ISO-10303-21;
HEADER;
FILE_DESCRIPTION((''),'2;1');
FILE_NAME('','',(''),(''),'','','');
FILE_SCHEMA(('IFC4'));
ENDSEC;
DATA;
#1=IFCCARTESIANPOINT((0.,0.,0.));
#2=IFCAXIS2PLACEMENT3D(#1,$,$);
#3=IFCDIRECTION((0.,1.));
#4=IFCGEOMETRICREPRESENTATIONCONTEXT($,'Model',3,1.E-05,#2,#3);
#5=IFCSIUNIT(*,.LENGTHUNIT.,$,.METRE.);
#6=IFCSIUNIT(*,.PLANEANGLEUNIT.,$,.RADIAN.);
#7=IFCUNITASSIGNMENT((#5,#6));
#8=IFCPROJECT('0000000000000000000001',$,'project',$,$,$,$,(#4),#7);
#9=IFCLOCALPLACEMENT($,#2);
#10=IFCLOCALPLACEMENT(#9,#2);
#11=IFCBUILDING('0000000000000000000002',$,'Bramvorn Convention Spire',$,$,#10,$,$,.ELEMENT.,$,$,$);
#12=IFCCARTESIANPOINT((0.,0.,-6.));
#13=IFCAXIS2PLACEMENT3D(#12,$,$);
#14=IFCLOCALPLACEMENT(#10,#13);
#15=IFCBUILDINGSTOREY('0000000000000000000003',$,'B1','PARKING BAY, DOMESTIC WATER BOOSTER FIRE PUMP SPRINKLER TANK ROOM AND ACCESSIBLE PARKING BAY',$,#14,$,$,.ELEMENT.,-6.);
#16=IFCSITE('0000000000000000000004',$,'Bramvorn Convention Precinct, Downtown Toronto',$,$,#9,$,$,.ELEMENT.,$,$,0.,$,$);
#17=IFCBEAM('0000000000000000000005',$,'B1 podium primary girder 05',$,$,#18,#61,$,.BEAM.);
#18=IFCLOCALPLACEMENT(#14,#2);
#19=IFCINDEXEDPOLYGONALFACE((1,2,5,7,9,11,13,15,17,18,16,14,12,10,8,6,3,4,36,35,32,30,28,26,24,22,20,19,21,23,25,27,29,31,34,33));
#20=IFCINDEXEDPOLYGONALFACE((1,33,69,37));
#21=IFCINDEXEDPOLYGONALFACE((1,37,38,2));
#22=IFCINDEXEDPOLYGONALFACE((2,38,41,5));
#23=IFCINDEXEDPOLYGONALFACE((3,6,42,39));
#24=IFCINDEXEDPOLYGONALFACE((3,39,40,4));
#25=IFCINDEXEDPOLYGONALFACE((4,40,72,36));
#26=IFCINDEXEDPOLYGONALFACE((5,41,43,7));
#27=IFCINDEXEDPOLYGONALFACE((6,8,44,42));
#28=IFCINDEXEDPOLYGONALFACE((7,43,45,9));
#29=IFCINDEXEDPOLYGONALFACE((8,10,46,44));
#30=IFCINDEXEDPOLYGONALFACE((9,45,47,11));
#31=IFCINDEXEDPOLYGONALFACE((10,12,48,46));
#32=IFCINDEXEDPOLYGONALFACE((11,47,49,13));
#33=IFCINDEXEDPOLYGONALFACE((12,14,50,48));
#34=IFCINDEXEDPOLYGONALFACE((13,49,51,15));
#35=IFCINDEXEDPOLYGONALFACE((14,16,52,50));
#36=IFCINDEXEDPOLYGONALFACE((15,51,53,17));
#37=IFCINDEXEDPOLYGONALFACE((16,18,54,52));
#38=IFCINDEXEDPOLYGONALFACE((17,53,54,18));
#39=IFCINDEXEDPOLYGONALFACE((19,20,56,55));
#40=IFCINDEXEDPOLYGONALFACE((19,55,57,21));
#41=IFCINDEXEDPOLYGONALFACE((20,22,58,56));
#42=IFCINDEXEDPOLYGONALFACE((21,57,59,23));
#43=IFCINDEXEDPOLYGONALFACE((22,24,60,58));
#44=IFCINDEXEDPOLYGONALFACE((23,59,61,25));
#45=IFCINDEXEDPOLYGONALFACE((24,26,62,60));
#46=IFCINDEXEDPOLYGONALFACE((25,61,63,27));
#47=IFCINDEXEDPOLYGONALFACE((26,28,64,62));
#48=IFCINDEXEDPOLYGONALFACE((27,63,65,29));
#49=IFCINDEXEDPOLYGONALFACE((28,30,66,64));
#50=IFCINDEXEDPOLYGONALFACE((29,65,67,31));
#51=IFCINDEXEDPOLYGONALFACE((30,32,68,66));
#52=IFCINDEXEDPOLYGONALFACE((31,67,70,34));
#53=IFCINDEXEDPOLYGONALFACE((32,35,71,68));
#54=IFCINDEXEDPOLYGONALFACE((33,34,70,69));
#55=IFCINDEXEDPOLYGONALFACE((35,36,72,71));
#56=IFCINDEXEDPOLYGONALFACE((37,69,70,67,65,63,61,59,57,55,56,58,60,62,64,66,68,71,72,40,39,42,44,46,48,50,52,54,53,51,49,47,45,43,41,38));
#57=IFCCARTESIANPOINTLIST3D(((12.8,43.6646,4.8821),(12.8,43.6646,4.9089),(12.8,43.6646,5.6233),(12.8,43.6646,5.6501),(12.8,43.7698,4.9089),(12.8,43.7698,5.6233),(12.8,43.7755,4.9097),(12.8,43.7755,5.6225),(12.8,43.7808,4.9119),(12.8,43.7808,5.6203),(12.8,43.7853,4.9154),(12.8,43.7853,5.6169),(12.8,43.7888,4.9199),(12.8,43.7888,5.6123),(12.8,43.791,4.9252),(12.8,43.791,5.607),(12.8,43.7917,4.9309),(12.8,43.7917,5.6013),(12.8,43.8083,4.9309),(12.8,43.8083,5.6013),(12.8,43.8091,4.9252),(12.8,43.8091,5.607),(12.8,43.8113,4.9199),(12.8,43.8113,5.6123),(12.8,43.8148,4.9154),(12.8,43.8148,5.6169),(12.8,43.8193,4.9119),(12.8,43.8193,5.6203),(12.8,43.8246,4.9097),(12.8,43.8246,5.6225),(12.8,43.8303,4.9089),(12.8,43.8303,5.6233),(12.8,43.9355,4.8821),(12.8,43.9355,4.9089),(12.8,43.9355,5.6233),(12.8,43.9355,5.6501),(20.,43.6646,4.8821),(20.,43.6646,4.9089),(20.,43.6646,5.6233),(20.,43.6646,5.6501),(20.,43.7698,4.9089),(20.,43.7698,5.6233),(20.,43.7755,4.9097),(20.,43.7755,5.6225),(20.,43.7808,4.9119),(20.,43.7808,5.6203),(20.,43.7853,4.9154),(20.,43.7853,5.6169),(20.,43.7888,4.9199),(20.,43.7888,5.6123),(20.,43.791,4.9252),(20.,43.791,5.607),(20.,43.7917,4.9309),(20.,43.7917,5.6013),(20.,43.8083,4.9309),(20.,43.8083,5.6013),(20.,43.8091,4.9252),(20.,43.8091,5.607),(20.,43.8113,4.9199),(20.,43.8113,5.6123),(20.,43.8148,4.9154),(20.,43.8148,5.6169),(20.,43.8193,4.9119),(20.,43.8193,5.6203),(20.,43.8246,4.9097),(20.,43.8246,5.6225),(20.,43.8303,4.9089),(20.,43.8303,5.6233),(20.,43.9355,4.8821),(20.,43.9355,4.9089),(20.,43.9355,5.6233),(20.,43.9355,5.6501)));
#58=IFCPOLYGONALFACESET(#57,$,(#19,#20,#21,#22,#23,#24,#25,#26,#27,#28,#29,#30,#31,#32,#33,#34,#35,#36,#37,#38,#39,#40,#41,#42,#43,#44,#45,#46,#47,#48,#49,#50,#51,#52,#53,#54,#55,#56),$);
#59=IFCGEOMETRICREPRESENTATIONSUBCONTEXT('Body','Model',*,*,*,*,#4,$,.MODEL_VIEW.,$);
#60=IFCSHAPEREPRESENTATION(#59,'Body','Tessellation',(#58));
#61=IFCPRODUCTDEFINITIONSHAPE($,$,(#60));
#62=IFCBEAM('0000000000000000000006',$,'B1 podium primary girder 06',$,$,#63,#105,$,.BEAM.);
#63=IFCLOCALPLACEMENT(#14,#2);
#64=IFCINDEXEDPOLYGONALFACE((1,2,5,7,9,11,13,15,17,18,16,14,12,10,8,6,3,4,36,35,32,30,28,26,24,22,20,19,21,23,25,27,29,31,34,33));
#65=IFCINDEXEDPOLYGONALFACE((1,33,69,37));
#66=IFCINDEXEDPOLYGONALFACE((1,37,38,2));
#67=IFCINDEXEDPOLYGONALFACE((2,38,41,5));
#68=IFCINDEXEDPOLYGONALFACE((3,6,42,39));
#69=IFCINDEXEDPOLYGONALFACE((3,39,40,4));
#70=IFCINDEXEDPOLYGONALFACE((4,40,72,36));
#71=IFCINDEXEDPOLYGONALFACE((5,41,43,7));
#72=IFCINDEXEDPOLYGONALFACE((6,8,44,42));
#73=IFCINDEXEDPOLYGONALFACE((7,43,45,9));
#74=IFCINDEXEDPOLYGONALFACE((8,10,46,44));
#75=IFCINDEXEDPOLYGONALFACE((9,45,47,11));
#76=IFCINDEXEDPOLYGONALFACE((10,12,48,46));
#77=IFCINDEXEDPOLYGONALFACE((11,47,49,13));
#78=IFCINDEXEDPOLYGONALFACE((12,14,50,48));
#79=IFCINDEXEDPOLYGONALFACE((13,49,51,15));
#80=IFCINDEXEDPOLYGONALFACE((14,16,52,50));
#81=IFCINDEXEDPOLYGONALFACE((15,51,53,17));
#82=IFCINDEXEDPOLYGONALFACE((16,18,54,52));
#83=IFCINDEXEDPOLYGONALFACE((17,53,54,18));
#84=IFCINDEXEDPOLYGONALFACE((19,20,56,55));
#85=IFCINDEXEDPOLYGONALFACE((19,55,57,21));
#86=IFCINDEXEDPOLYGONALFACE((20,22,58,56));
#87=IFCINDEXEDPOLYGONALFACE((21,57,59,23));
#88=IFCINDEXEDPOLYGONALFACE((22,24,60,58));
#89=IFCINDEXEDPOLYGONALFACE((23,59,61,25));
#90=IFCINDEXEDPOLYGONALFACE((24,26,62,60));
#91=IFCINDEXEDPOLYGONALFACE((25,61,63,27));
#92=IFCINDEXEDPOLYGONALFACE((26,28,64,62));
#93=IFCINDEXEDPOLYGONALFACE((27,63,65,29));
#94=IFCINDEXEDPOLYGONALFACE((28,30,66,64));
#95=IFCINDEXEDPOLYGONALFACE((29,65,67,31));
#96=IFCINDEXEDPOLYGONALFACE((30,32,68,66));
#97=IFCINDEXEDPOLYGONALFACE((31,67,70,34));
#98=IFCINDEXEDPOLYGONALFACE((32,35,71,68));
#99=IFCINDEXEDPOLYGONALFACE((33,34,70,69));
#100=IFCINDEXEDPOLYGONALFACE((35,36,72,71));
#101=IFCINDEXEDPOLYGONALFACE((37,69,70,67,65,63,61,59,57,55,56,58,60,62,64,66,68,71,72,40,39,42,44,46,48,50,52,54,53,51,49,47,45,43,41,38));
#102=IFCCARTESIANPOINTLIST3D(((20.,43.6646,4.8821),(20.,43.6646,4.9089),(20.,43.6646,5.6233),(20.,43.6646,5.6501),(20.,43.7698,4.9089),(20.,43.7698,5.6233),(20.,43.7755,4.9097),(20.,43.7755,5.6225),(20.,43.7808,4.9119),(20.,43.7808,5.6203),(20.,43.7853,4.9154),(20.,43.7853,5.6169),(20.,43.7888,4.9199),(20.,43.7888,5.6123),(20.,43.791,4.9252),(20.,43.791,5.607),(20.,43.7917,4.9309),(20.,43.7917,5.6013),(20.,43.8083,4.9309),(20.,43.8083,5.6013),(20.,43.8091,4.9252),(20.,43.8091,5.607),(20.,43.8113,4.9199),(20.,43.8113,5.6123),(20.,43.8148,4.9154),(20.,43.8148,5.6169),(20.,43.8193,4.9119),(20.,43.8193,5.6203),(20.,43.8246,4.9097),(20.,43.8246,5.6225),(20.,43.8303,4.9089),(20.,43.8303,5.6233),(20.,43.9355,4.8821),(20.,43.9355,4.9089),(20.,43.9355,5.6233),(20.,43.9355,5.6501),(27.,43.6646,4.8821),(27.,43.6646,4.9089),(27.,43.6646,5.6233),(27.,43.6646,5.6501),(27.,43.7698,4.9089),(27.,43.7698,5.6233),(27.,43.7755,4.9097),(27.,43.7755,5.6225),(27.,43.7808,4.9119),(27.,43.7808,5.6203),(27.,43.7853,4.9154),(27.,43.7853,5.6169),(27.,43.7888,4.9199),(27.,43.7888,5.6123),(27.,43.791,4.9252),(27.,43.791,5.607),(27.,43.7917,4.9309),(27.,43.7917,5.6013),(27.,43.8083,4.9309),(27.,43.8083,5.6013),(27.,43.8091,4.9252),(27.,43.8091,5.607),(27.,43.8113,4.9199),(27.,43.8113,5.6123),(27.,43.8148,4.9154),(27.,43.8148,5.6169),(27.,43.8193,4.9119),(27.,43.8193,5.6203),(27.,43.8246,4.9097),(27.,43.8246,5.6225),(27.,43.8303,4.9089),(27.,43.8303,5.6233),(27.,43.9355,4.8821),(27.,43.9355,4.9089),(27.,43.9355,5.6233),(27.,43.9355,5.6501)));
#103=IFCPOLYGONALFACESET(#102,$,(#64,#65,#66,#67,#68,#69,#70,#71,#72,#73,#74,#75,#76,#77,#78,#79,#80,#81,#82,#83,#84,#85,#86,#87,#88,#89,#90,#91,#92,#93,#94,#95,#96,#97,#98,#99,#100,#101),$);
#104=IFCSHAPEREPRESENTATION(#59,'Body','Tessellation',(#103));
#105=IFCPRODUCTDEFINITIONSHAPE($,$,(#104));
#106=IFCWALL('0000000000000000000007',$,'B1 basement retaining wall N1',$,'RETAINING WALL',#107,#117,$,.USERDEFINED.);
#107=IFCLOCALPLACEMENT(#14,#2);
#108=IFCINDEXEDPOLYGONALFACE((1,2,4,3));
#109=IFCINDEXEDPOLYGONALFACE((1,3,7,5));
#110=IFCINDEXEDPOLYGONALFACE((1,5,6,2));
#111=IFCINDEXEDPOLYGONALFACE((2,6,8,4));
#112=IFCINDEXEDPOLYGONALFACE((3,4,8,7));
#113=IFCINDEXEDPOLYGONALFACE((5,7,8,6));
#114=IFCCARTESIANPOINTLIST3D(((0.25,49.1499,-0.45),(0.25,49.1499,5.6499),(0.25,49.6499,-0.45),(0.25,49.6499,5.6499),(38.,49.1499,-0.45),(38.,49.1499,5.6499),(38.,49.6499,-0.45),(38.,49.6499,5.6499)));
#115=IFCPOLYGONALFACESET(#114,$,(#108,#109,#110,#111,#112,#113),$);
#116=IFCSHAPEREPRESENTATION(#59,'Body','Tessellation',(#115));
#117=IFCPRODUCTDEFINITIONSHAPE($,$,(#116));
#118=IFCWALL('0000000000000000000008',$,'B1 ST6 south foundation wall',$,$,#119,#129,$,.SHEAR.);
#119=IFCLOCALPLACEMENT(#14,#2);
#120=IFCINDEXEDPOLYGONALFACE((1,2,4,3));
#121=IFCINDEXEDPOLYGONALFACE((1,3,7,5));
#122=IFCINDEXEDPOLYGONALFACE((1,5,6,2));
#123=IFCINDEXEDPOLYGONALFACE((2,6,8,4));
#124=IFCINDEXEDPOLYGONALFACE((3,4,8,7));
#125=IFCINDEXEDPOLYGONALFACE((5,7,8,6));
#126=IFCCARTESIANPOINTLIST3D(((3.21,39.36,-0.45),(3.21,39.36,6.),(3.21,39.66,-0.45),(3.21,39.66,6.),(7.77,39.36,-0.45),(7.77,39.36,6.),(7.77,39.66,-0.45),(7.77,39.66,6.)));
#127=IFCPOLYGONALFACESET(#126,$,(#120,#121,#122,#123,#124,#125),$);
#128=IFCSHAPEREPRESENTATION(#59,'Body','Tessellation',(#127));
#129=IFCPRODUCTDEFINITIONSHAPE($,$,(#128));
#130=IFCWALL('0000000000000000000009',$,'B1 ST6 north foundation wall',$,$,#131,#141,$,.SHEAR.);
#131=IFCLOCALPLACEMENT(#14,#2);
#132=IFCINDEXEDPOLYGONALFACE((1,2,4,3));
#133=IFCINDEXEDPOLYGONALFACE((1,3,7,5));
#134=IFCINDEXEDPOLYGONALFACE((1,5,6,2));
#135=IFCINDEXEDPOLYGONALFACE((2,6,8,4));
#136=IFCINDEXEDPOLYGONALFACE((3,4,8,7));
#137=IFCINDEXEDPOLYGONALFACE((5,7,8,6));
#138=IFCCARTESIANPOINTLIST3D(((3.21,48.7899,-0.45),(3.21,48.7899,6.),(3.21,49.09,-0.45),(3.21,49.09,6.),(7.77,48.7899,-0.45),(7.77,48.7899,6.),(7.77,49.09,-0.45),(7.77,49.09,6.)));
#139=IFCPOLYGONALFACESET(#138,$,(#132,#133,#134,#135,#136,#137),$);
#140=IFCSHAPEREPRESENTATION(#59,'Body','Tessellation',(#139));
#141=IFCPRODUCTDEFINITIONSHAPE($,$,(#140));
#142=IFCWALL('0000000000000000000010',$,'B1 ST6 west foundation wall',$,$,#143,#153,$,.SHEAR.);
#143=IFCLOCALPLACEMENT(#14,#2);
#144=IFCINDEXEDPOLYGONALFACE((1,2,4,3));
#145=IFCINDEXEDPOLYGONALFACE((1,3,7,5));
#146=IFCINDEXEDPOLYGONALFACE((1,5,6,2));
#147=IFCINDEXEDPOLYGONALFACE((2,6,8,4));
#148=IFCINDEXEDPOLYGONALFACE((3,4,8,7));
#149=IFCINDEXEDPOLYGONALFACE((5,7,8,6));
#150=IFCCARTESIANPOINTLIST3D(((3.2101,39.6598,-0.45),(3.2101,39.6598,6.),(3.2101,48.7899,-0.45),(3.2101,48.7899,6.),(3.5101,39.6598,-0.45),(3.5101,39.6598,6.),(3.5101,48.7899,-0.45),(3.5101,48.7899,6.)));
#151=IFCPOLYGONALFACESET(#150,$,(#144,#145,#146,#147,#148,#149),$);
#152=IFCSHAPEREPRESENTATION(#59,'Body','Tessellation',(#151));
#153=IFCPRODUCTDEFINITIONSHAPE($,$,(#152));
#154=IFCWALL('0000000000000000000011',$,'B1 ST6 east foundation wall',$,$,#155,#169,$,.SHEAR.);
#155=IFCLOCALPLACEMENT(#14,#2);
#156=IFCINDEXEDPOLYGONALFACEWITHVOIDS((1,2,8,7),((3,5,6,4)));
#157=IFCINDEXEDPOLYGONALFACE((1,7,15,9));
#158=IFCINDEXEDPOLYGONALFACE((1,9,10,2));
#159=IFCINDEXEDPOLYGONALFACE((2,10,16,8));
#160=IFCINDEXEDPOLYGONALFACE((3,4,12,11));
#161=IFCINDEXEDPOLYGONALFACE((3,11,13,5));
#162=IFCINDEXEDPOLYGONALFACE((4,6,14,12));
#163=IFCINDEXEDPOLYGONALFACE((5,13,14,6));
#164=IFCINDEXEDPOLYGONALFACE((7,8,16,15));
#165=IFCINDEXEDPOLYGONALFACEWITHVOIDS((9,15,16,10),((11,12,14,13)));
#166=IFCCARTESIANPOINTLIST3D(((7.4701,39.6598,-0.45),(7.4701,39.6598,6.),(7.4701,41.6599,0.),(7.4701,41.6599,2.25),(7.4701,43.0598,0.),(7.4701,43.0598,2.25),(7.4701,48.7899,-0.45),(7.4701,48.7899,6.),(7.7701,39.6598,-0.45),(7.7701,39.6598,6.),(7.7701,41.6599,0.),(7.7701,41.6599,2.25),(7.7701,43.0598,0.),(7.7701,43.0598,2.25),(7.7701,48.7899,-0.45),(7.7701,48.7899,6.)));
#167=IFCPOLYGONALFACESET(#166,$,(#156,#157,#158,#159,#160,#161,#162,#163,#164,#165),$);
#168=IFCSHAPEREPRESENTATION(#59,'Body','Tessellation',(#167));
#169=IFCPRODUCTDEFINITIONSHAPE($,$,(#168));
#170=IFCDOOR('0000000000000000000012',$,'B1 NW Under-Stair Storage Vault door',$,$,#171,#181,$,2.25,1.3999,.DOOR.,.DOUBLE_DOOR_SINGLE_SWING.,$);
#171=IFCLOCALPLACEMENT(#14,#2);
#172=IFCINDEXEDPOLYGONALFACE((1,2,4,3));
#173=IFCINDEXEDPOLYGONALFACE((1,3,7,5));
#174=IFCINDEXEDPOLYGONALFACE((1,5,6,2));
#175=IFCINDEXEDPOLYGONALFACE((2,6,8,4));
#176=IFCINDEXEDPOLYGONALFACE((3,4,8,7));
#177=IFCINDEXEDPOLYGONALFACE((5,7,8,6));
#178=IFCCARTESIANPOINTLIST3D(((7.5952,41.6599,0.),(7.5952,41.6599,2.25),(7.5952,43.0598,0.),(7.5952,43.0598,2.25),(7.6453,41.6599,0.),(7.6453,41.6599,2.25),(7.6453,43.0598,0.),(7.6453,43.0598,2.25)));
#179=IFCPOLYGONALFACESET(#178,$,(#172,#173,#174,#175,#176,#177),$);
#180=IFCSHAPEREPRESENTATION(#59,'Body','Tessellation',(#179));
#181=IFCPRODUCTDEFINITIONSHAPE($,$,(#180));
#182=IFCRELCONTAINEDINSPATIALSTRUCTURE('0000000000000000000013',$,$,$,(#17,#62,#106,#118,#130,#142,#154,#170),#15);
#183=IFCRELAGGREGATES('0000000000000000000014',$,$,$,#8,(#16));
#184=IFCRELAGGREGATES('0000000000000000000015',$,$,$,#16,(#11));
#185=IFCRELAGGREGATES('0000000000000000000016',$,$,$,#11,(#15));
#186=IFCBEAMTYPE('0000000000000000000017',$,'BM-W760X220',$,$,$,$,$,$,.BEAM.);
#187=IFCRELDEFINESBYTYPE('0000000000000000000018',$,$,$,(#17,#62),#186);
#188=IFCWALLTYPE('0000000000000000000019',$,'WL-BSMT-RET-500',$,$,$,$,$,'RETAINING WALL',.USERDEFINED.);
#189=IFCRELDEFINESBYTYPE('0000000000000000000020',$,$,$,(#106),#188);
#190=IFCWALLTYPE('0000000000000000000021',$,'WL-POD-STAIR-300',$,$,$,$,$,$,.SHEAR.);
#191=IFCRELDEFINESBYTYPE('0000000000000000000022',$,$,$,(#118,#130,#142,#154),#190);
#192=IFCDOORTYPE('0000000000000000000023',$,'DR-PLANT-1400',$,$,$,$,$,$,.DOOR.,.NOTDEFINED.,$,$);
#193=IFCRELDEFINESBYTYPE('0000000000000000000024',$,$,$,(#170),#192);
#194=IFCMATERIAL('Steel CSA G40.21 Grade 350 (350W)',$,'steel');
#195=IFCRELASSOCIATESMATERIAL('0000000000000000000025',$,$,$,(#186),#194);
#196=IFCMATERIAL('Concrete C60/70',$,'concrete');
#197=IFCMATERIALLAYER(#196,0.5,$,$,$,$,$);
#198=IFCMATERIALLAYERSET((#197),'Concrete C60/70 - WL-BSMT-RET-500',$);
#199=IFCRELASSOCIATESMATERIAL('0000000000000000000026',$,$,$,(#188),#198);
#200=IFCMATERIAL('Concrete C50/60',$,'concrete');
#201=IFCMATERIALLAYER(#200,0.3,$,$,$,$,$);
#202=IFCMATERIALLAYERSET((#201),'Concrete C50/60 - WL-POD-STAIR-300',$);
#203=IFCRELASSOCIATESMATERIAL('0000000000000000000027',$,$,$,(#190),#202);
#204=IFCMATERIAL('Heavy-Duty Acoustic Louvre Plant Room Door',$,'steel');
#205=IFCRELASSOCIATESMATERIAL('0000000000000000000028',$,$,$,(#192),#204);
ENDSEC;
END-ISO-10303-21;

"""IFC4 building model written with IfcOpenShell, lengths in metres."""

from ifc_helpers import new_model, si_unit, direction, frame, frame_2d, origin, origin_2d, place, context, subcontext, project, spatial, rectangle, i_section, extrude, material, layer, layer_set, material_profile, profile_set, type_object, element, fill, save


model = new_model("IFC4")

# Units and contexts
model_context = context("Model", 3, precision=1e-05, world=origin(), true_north=direction((0.0, 1.0)))
body_context = subcontext(model_context, "Body", "Model", "MODEL_VIEW")
ifc_project = project(units=[si_unit("LENGTHUNIT", "METRE"), si_unit("PLANEANGLEUNIT", "RADIAN")], contexts=[model_context])

# Site, building, storey
site_placement = place(None, origin())
site = spatial("IfcSite", under=ifc_project, at=site_placement, Name="Bramvorn Convention Precinct, Downtown Toronto", CompositionType="ELEMENT", RefElevation=0.0)
building_placement = place(site_placement, origin())
building = spatial("IfcBuilding", under=site, at=building_placement, Name="Bramvorn Convention Spire", CompositionType="ELEMENT")
storey_placement = place(building_placement, frame((0.0, 0.0, -6.0)))
storey = spatial("IfcBuildingStorey", under=building, at=storey_placement, Name="B1", Description="PARKING BAY, DOMESTIC WATER BOOSTER FIRE PUMP SPRINKLER TANK ROOM AND ACCESSIBLE PARKING BAY", CompositionType="ELEMENT", Elevation=-6.0)

# Shared definitions
ifc_material_1 = material(Name="Concrete C60/70", Category="concrete")

# Shared definitions
ifc_material_2 = material(Name="Steel CSA G40.21 Grade 350 (350W)", Category="steel")

# Beams
ifc_material_3 = material(Name="Concrete C50/60", Category="concrete")
ifc_material_profile_1 = material_profile(ifc_material_2, i_section(OverallWidth=0.271, OverallDepth=0.7681, WebThickness=0.0166, FlangeThickness=0.0269, FilletRadius=0.022, at=origin_2d()))
ifc_profile_set_1 = profile_set([ifc_material_profile_1], Name="Steel CSA G40.21 Grade 350 (350W) - W760X220")
beam_type_1 = type_object("IfcBeamType", Name="BM-W760X220", PredefinedType="BEAM", material=ifc_profile_set_1)
beam_1_placement = place(storey_placement, frame((12.8, 43.8, 5.2661), z_axis=(1.0, 0.0, 0.0), x_axis=(0.0, 1.0, 0.0)))
element("IfcBeam", 1, at=beam_1_placement, inside=storey, type_object=beam_type_1, Name="B1 podium primary girder 05", PredefinedType="BEAM", context=body_context, shape_type="SweptSolid", body=[
    extrude(i_section(OverallWidth=0.271, OverallDepth=0.7681, WebThickness=0.0166, FlangeThickness=0.0269, FilletRadius=0.022, at=origin_2d()), origin(), (0.0, 0.0, 1.0), 7.2),
])
beam_2_placement = place(storey_placement, frame((20.0, 43.8, 5.2661), z_axis=(1.0, 0.0, 0.0), x_axis=(0.0, 1.0, 0.0)))
element("IfcBeam", 2, at=beam_2_placement, inside=storey, type_object=beam_type_1, Name="B1 podium primary girder 06", PredefinedType="BEAM", context=body_context, shape_type="SweptSolid", body=[
    extrude(i_section(OverallWidth=0.271, OverallDepth=0.7681, WebThickness=0.0166, FlangeThickness=0.0269, FilletRadius=0.022, at=origin_2d()), origin(), (0.0, 0.0, 1.0), 7.0),
])

# Walls
ifc_layer_1 = layer(ifc_material_1, 0.5)
ifc_layer_set_1 = layer_set([ifc_layer_1], Name="Concrete C60/70 - WL-BSMT-RET-500")
wall_type_1 = type_object("IfcWallType", Name="WL-BSMT-RET-500", ElementType="RETAINING WALL", PredefinedType="USERDEFINED", material=ifc_layer_set_1)
wall_1_placement = place(storey_placement, frame((0.25, 49.3999, -0.45), z_axis=(0.0, 0.0, 1.0), x_axis=(1.0, 0.0, 0.0)))
element("IfcWall", 3, at=wall_1_placement, inside=storey, type_object=wall_type_1, Name="B1 basement retaining wall N1", ObjectType="RETAINING WALL", PredefinedType="USERDEFINED", context=body_context, shape_type="SweptSolid", body=[
    extrude(rectangle(XDim=37.75, YDim=0.5, at=frame_2d((18.875, 0.0))), origin(), (0.0, 0.0, 1.0), 6.0999),
])
ifc_layer_2 = layer(ifc_material_3, 0.3)
ifc_layer_set_2 = layer_set([ifc_layer_2], Name="Concrete C50/60 - WL-POD-STAIR-300")
wall_type_2 = type_object("IfcWallType", Name="WL-POD-STAIR-300", PredefinedType="SHEAR", material=ifc_layer_set_2)
for number, where, z_axis, x_axis, name in (
    (4, (3.21, 39.51, -0.45), (0.0, 0.0, 1.0), (1.0, 0.0, 0.0), "B1 ST6 south foundation wall"),
    (5, (3.21, 48.9399, -0.45), (0.0, 0.0, 1.0), (1.0, 0.0, 0.0), "B1 ST6 north foundation wall"),
):
    element("IfcWall", number, at=place(storey_placement, frame(where, z_axis=z_axis, x_axis=x_axis)), inside=storey, type_object=wall_type_2, Name=name, PredefinedType="SHEAR", context=body_context, shape_type="SweptSolid", body=[
        extrude(rectangle(XDim=4.5601, YDim=0.3, at=frame_2d((2.28, 0.0))), origin(), (0.0, 0.0, 1.0), 6.45),
    ])
wall_2_placement = place(storey_placement, frame((3.3601, 39.6599, -0.45), z_axis=(0.0, 0.0, 1.0), x_axis=(0.0, 1.0, 0.0)))
element("IfcWall", 6, at=wall_2_placement, inside=storey, type_object=wall_type_2, Name="B1 ST6 west foundation wall", PredefinedType="SHEAR", context=body_context, shape_type="SweptSolid", body=[
    extrude(rectangle(XDim=9.1301, YDim=0.3, at=frame_2d((4.5649, 0.0))), origin(), (0.0, 0.0, 1.0), 6.45),
])

# Wall, opening, door
wall_3_placement = place(storey_placement, frame((7.6201, 39.6599, -0.45), z_axis=(0.0, 0.0, 1.0), x_axis=(0.0, 1.0, 0.0)))
wall_3 = element("IfcWall", 7, at=wall_3_placement, inside=storey, type_object=wall_type_2, Name="B1 ST6 east foundation wall", PredefinedType="SHEAR", context=body_context, shape_type="SweptSolid", body=[
    extrude(rectangle(XDim=9.1301, YDim=0.3, at=frame_2d((4.5649, 0.0))), origin(), (0.0, 0.0, 1.0), 6.45),
])
opening_placement = place(wall_3_placement, frame((2.0, 0.0, 0.45)))
opening = element("IfcOpeningElement", 8, at=opening_placement, cuts=wall_3, PredefinedType="OPENING", context=body_context, shape_type="SweptSolid", body=[
    extrude(rectangle(XDim=1.3999, YDim=2.25, at=frame_2d((0.7, 1.125))), frame((0.0, 0.1599, 0.0), z_axis=(0.0, -1.0, 0.0), x_axis=(1.0, 0.0, 0.0)), (0.0, 0.0, 1.0), 0.3201),
])
ifc_material_4 = material(Name="Heavy-Duty Acoustic Louvre Plant Room Door", Category="steel")
door_type = type_object("IfcDoorType", Name="DR-PLANT-1400", OperationType="NOTDEFINED", PredefinedType="DOOR", material=ifc_material_4)
door_placement = place(opening_placement, origin())
door = element("IfcDoor", 9, at=door_placement, inside=storey, type_object=door_type, Name="B1 NW Under-Stair Storage Vault door", OperationType="DOUBLE_DOOR_SINGLE_SWING", OverallHeight=2.25, OverallWidth=1.3999, PredefinedType="DOOR", context=body_context, shape_type="SweptSolid", body=[
    extrude(rectangle(XDim=1.3999, YDim=2.25, at=frame_2d((0.7, 1.125))), frame((0.0, 0.0249, 0.0), z_axis=(0.0, -1.0, 0.0), x_axis=(1.0, 0.0, 0.0)), (0.0, 0.0, 1.0), 0.05),
])
fill(opening, door)

save(model, "model.ifc")
